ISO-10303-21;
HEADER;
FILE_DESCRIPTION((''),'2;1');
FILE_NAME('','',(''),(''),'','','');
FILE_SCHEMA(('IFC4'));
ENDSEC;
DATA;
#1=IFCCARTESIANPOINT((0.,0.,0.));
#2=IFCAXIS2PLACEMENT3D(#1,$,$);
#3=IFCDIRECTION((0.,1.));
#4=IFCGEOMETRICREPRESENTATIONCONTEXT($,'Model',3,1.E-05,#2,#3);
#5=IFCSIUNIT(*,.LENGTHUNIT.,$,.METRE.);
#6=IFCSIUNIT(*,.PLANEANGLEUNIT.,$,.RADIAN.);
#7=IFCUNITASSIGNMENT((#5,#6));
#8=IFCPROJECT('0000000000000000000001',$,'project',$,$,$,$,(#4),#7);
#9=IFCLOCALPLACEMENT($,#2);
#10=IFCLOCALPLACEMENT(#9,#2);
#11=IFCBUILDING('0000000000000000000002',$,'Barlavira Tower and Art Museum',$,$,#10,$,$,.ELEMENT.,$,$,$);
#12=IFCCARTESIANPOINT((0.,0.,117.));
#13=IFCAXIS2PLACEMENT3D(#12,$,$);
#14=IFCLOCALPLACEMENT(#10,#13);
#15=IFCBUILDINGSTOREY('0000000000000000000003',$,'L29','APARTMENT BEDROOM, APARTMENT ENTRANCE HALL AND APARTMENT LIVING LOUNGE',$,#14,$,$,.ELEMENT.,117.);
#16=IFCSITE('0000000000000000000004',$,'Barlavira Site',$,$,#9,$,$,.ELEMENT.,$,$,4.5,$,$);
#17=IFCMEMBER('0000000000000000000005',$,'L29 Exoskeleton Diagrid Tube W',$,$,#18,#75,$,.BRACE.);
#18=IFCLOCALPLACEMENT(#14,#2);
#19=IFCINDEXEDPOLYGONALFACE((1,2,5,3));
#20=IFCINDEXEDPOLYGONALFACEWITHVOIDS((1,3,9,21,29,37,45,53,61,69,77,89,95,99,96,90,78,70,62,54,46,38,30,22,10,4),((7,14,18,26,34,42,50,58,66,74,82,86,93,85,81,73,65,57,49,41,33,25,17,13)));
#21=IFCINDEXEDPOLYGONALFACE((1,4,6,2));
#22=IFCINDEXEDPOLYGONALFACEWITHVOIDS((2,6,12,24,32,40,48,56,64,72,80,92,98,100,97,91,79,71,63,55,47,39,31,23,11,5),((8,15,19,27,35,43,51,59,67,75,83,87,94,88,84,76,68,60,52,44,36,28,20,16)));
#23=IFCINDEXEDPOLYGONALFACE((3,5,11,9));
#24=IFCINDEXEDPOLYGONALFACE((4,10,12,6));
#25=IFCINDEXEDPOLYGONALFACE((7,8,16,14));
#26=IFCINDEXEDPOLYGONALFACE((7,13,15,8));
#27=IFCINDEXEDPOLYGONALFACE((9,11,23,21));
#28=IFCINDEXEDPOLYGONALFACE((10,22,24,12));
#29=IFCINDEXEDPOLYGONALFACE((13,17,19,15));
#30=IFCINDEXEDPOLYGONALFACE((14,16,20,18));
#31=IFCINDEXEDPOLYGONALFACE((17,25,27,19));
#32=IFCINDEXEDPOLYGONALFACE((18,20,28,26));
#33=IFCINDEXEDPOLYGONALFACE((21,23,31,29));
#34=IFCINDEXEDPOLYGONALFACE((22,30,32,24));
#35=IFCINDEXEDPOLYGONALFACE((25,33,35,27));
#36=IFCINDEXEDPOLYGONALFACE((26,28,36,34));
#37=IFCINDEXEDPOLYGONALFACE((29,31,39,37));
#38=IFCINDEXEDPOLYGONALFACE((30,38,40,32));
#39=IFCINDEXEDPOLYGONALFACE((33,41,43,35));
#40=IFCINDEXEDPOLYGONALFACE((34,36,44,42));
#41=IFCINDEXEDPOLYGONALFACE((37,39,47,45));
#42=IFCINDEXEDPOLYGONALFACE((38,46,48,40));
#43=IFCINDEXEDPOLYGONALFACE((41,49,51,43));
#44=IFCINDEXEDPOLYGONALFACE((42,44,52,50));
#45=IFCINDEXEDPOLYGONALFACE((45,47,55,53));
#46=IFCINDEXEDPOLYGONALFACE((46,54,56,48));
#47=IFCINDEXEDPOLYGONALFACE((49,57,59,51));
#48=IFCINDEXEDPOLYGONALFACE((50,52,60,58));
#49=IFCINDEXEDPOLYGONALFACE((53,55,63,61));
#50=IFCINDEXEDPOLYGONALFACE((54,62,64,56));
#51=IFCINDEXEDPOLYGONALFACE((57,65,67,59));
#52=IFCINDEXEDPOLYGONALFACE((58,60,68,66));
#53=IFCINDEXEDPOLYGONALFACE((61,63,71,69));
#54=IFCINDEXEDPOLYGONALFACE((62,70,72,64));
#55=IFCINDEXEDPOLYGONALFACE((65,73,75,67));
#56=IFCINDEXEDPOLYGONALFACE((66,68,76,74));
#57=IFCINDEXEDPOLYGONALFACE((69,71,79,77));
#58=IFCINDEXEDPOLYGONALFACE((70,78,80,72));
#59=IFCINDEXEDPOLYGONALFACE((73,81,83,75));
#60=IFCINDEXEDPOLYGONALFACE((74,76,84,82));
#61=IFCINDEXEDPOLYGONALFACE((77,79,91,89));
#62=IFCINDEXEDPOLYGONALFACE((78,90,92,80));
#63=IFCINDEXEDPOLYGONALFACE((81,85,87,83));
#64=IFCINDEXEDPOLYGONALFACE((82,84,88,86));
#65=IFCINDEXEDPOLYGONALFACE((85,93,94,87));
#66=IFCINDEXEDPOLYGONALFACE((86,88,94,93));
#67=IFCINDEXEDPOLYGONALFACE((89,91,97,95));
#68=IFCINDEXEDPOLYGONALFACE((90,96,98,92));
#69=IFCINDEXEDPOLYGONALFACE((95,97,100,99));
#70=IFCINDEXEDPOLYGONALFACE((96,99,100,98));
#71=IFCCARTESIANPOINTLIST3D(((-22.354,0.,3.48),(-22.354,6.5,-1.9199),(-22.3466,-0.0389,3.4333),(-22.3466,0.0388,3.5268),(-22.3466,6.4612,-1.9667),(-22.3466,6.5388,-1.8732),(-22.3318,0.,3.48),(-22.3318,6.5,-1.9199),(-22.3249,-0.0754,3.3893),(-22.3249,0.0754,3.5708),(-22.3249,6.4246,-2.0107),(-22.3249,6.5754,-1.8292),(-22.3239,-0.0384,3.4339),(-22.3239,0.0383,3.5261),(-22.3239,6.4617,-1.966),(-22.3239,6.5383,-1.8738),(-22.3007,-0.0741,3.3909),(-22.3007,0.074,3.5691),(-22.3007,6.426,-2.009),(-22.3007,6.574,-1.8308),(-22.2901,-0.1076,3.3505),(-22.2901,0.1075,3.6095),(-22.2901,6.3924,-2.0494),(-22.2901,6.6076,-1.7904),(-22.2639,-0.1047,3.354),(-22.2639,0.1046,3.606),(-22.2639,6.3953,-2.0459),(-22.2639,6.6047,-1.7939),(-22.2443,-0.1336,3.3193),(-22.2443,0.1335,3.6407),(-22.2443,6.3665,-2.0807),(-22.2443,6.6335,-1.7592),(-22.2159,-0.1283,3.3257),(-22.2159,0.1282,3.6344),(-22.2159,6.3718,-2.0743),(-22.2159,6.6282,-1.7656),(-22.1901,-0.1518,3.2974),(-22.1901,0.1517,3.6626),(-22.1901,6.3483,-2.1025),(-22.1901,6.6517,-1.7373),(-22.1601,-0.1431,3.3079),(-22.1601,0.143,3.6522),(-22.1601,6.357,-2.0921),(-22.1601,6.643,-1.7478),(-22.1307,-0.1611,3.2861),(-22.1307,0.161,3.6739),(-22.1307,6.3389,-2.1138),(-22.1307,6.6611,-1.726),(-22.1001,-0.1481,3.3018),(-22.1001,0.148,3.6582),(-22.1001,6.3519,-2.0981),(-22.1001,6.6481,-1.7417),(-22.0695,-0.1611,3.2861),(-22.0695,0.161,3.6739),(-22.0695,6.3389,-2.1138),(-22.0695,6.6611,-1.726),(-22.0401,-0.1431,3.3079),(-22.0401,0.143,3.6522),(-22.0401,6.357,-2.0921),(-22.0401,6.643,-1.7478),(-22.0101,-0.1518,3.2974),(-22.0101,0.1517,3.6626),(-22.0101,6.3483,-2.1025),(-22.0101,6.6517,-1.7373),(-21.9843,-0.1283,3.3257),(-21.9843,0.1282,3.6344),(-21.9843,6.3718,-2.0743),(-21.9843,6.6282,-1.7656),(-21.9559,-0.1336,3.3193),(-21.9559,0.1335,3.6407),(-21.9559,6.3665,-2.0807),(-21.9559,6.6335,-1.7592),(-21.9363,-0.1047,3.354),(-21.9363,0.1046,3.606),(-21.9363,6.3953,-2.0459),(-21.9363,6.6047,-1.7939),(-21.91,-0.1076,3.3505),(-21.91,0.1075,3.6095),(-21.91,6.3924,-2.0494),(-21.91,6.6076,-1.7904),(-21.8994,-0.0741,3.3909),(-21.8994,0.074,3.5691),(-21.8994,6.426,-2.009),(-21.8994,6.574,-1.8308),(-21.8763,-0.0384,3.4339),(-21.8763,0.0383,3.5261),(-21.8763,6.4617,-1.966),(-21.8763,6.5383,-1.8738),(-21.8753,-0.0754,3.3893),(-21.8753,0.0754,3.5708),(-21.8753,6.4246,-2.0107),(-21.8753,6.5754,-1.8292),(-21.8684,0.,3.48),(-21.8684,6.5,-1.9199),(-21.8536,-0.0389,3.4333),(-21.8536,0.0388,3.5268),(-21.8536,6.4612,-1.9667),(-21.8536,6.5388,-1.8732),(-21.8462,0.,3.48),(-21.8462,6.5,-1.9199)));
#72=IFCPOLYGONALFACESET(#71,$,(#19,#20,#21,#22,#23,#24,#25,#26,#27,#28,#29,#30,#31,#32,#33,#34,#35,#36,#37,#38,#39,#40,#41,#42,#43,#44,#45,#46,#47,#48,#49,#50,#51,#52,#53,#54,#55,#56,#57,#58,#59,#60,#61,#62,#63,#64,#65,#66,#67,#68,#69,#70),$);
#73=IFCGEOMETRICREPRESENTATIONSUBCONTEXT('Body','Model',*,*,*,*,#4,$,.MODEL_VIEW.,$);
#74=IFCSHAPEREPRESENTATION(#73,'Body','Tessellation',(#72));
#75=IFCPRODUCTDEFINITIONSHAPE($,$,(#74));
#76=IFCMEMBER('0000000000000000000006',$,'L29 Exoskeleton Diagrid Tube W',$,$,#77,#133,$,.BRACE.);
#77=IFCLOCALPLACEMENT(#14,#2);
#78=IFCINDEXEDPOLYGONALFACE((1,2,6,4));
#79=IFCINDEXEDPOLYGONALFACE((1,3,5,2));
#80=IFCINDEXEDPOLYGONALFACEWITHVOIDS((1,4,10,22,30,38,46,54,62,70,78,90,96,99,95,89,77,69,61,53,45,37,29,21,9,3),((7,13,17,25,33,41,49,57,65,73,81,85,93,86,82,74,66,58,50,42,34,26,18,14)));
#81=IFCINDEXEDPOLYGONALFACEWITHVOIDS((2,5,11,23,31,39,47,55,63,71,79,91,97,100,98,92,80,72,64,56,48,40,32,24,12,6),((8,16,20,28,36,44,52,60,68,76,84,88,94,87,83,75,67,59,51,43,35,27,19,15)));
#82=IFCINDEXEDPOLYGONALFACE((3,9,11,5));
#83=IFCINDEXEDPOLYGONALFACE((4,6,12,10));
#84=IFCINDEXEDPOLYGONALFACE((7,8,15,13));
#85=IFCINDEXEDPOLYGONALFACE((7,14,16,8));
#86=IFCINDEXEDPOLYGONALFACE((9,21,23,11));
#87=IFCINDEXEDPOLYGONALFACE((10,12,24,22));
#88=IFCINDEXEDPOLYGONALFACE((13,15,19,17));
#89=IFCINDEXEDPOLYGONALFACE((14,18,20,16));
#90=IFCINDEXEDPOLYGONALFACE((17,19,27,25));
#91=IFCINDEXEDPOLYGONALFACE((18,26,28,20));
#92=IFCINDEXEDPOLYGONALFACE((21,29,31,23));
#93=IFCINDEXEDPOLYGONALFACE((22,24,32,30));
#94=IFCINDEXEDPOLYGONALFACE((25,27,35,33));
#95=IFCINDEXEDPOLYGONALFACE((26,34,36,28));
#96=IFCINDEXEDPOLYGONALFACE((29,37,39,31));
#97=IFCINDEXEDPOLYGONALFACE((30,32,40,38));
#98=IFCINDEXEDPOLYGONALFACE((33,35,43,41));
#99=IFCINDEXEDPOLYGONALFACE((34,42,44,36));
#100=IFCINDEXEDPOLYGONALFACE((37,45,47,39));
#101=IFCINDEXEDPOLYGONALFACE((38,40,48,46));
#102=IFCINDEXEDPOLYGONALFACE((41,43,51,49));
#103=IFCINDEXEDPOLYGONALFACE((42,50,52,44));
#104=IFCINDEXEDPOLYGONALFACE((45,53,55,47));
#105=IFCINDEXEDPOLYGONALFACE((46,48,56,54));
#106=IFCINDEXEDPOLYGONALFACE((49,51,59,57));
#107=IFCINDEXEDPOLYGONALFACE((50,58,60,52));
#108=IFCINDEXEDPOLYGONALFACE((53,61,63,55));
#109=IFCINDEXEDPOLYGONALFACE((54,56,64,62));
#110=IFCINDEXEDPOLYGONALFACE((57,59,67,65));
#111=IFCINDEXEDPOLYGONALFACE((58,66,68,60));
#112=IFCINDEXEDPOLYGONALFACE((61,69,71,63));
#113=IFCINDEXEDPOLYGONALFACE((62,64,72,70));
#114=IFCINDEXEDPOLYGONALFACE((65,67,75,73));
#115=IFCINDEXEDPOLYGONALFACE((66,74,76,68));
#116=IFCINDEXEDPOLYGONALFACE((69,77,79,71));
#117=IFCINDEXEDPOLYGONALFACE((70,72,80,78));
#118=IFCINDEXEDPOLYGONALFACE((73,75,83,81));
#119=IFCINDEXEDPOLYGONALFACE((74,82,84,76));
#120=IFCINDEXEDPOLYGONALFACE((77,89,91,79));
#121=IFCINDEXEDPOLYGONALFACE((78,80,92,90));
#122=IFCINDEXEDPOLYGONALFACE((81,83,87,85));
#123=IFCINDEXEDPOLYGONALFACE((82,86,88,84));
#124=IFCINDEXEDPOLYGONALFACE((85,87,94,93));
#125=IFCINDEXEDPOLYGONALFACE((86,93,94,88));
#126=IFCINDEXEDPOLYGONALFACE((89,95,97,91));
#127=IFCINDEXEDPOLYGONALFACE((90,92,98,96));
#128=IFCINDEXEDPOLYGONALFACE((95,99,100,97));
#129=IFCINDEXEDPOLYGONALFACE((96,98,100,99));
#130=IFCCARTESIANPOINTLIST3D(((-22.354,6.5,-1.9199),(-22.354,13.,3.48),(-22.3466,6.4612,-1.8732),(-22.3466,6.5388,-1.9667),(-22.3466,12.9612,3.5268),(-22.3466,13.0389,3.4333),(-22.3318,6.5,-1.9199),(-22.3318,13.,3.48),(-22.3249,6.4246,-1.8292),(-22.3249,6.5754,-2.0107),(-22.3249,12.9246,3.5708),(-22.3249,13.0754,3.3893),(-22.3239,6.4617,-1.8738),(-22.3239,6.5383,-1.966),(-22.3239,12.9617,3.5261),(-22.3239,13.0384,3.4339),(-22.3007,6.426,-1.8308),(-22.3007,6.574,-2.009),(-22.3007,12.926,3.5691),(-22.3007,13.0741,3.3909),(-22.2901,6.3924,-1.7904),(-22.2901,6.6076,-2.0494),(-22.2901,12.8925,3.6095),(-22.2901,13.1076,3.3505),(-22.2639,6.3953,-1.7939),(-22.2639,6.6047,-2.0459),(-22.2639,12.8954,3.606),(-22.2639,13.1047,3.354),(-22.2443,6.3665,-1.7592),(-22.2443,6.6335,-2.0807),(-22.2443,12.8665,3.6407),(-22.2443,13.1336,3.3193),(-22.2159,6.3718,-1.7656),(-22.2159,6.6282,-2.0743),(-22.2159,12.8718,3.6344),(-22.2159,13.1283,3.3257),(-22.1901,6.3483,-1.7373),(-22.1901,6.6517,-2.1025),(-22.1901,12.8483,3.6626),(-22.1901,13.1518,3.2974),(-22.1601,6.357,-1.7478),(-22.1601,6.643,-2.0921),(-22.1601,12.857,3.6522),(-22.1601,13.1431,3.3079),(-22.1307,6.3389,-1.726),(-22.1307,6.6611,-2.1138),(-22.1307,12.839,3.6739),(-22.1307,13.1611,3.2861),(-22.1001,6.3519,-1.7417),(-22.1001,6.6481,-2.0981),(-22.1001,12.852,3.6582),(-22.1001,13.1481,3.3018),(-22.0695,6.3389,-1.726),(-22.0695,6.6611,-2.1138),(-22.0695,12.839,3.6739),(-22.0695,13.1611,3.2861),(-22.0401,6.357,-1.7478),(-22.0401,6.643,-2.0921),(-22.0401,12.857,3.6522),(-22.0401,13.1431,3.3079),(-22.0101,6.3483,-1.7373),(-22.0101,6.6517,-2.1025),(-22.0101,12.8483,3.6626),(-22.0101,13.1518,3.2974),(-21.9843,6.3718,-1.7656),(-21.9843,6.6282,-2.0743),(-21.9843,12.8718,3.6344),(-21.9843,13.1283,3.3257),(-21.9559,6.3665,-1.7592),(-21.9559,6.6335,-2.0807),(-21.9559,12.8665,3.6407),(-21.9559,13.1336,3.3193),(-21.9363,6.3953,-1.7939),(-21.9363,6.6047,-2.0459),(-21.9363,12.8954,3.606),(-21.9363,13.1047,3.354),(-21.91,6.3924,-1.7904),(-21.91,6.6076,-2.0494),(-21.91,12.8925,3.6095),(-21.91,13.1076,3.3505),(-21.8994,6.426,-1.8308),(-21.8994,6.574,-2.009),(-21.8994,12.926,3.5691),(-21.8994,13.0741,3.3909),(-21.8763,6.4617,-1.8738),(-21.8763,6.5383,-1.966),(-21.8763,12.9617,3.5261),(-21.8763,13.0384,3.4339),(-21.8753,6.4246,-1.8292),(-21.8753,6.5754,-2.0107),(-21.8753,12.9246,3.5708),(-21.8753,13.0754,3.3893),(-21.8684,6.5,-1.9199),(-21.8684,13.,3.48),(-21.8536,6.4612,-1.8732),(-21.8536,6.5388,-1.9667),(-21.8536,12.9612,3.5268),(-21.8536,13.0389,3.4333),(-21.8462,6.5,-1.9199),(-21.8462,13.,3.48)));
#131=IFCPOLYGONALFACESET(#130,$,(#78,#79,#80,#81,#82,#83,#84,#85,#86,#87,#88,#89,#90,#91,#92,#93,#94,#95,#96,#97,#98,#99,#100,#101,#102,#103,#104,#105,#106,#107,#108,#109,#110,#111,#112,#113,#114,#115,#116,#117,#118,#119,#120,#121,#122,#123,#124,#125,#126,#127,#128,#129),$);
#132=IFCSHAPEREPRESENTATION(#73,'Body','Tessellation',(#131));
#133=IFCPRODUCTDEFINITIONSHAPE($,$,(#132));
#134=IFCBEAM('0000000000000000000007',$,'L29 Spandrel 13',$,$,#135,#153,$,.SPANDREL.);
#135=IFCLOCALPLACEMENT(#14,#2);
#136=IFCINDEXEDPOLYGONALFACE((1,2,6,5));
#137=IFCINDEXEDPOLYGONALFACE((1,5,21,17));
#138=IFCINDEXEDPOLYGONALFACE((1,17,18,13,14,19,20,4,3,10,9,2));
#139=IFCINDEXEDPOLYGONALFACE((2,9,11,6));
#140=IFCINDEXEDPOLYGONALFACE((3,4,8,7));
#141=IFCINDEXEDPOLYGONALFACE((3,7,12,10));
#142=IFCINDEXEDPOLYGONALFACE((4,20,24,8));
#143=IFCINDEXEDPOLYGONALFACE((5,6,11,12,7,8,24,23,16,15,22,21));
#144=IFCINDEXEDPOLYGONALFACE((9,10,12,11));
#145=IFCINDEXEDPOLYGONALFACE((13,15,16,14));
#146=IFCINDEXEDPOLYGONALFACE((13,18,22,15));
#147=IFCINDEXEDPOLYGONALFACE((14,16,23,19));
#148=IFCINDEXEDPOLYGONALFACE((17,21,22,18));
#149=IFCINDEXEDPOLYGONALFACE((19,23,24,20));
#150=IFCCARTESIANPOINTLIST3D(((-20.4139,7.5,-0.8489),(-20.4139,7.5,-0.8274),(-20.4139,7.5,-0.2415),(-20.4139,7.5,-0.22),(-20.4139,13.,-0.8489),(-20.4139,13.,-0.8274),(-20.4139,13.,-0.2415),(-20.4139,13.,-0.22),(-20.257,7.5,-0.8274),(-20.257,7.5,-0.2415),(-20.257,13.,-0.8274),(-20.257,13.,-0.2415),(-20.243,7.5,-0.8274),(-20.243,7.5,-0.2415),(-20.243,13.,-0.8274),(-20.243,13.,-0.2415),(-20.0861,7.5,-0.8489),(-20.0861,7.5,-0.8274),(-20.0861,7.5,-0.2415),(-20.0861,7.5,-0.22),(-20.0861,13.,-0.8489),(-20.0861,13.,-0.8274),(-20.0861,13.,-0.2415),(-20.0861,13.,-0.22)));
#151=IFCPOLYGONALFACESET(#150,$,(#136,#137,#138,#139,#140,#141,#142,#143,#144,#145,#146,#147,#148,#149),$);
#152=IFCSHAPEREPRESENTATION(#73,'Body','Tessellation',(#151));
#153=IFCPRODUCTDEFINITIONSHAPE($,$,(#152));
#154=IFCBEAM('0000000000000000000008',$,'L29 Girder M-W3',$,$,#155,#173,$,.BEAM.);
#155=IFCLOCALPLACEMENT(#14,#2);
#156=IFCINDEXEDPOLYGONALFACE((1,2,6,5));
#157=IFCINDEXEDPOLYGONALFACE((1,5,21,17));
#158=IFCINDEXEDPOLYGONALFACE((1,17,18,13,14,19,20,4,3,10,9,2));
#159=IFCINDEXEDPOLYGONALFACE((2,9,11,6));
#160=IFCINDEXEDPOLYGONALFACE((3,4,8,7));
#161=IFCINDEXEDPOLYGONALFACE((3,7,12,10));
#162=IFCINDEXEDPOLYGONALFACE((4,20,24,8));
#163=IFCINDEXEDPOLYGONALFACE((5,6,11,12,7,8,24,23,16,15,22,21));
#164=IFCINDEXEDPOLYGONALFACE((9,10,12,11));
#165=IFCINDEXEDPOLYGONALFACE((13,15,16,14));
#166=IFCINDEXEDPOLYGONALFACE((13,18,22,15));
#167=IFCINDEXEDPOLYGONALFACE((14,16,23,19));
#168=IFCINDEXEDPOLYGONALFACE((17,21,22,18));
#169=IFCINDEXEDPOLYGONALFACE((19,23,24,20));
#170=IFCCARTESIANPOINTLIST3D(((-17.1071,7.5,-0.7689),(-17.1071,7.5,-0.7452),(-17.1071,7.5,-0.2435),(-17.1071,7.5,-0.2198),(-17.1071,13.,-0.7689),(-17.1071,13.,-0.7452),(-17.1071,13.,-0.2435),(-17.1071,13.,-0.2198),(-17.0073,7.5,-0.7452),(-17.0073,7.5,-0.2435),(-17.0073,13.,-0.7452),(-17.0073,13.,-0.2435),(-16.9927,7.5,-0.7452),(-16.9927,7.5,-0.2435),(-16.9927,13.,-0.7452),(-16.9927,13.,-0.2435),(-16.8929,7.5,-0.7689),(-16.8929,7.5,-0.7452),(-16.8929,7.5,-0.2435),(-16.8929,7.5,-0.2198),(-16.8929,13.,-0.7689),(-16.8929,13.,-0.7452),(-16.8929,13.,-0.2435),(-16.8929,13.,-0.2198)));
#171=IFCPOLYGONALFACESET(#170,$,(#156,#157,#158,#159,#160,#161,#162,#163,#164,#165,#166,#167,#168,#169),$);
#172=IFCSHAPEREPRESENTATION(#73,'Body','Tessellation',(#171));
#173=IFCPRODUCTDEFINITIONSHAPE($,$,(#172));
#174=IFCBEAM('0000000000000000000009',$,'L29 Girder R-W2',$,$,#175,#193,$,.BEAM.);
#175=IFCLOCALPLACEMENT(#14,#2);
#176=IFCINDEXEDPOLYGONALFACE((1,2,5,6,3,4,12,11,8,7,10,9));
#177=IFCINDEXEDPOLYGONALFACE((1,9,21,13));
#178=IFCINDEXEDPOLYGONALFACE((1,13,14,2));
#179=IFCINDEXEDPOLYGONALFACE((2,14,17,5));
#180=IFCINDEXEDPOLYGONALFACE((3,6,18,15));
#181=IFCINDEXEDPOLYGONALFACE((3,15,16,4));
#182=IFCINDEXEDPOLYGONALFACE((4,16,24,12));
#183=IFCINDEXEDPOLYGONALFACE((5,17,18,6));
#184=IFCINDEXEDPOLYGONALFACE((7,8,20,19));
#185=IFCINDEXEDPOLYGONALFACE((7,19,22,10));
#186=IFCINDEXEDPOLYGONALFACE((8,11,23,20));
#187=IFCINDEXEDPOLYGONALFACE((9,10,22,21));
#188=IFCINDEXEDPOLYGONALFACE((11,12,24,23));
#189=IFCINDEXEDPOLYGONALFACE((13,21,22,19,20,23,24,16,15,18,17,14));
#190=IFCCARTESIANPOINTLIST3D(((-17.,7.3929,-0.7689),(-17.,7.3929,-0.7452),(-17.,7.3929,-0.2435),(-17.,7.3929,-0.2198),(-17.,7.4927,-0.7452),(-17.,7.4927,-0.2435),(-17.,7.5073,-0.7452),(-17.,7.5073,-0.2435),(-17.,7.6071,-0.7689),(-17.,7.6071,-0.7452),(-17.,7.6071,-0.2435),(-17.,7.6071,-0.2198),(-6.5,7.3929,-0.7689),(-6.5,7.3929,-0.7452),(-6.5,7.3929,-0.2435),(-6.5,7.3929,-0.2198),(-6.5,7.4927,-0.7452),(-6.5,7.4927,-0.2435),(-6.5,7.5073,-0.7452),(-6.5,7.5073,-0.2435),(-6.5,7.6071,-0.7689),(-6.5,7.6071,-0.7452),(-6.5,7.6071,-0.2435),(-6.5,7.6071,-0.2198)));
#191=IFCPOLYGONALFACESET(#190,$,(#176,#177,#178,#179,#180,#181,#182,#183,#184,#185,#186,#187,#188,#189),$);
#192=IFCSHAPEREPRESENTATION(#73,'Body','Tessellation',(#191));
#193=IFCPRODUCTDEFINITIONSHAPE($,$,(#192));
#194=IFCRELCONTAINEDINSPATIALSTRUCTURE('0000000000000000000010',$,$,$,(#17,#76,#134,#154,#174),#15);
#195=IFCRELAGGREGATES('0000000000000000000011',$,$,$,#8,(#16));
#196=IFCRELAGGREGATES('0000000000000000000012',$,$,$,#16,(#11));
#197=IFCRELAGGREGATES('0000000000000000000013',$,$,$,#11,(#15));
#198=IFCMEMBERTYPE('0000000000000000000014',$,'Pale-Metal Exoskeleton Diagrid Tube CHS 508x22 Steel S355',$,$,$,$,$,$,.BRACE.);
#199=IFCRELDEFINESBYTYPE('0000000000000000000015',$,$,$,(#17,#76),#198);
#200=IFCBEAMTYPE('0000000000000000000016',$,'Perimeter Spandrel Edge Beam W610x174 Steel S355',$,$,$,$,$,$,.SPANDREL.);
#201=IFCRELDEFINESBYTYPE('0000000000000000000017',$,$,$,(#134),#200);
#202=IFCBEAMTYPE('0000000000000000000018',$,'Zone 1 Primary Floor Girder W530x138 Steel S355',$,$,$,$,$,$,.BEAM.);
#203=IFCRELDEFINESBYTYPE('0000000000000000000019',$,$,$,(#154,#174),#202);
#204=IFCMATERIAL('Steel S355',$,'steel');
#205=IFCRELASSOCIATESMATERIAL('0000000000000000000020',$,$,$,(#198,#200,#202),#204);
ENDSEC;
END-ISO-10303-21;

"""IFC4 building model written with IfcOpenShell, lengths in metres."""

from ifc_helpers import new_model, si_unit, direction, frame, origin, origin_2d, place, context, subcontext, project, spatial, hollow_circle, i_section, extrude, material, material_profile, profile_set, type_object, element, save


model = new_model("IFC4")

# Units and contexts
model_context = context("Model", 3, precision=1e-05, world=origin(), true_north=direction((0.0, 1.0)))
body_context = subcontext(model_context, "Body", "Model", "MODEL_VIEW")
ifc_project = project(units=[si_unit("LENGTHUNIT", "METRE"), si_unit("PLANEANGLEUNIT", "RADIAN")], contexts=[model_context])

# Site, building, storey
site_placement = place(None, origin())
site = spatial("IfcSite", under=ifc_project, at=site_placement, Name="Barlavira Site", CompositionType="ELEMENT", RefElevation=4.5)
building_placement = place(site_placement, origin())
building = spatial("IfcBuilding", under=site, at=building_placement, Name="Barlavira Tower and Art Museum", CompositionType="ELEMENT")
storey_placement = place(building_placement, frame((0.0, 0.0, 117.0)))
storey = spatial("IfcBuildingStorey", under=building, at=storey_placement, Name="L29", Description="APARTMENT BEDROOM, APARTMENT ENTRANCE HALL AND APARTMENT LIVING LOUNGE", CompositionType="ELEMENT", Elevation=117.0)

# Members
ifc_material_1 = material(Name="Steel S355", Category="steel")
ifc_material_profile_1 = material_profile(ifc_material_1, hollow_circle(Radius=0.2539, WallThickness=0.0222, at=origin_2d()), Name="CHS 508.0x22.2")
ifc_profile_set_1 = profile_set([ifc_material_profile_1], Name="Steel S355")
member_type_1 = type_object("IfcMemberType", Name="Pale-Metal Exoskeleton Diagrid Tube CHS 508x22 Steel S355", PredefinedType="BRACE", material=ifc_profile_set_1)
for number, where, z_axis, x_axis, name in (
    (1, (-22.1001, 6.5, -1.9199), (0.0, -0.769196, 0.639013), (1.0, 0.0, 0.0), "L29 Exoskeleton Diagrid Tube W"),
    (2, (-22.1001, 6.5, -1.9199), (0.0, 0.769196, 0.639013), (-1.0, 0.0, 0.0), "L29 Exoskeleton Diagrid Tube W"),
):
    element("IfcMember", number, at=place(storey_placement, frame(where, z_axis=z_axis, x_axis=x_axis)), inside=storey, type_object=member_type_1, Name=name, PredefinedType="BRACE", context=body_context, shape_type="SweptSolid", body=[
        extrude(hollow_circle(Radius=0.2539, WallThickness=0.0222, at=origin_2d()), origin(), (0.0, 0.0, 1.0), 8.4504),
    ])

# Beams
ifc_material_profile_2 = material_profile(ifc_material_1, i_section(OverallWidth=0.3279, OverallDepth=0.6289, WebThickness=0.0139, FlangeThickness=0.0215, at=origin_2d()), Name="W610x174.0")
ifc_profile_set_2 = profile_set([ifc_material_profile_2], Name="Steel S355")
beam_type_1 = type_object("IfcBeamType", Name="Perimeter Spandrel Edge Beam W610x174 Steel S355", PredefinedType="SPANDREL", material=ifc_profile_set_2)
beam_1_placement = place(storey_placement, frame((-20.25, 7.5, -0.5344), z_axis=(0.0, 1.0, 0.0), x_axis=(-1.0, 0.0, 0.0)))
element("IfcBeam", 3, at=beam_1_placement, inside=storey, type_object=beam_type_1, Name="L29 Spandrel 13", PredefinedType="SPANDREL", context=body_context, shape_type="SweptSolid", body=[
    extrude(i_section(OverallWidth=0.3279, OverallDepth=0.6289, WebThickness=0.0139, FlangeThickness=0.0215, at=origin_2d()), origin(), (0.0, 0.0, 1.0), 5.5),
])
ifc_material_profile_3 = material_profile(ifc_material_1, i_section(OverallWidth=0.2141, OverallDepth=0.5491, WebThickness=0.0146, FlangeThickness=0.0237, at=origin_2d()), Name="W530x138.0")
ifc_profile_set_3 = profile_set([ifc_material_profile_3], Name="Steel S355")
beam_type_2 = type_object("IfcBeamType", Name="Zone 1 Primary Floor Girder W530x138 Steel S355", PredefinedType="BEAM", material=ifc_profile_set_3)
beam_2_placement = place(storey_placement, frame((-17.0, 7.5, -0.4944), z_axis=(0.0, 1.0, 0.0), x_axis=(-1.0, 0.0, 0.0)))
element("IfcBeam", 4, at=beam_2_placement, inside=storey, type_object=beam_type_2, Name="L29 Girder M-W3", PredefinedType="BEAM", context=body_context, shape_type="SweptSolid", body=[
    extrude(i_section(OverallWidth=0.2141, OverallDepth=0.5491, WebThickness=0.0146, FlangeThickness=0.0237, at=origin_2d()), origin(), (0.0, 0.0, 1.0), 5.5),
])
beam_3_placement = place(storey_placement, frame((-17.0, 7.5, -0.4944), z_axis=(1.0, 0.0, 0.0), x_axis=(0.0, 1.0, 0.0)))
element("IfcBeam", 5, at=beam_3_placement, inside=storey, type_object=beam_type_2, Name="L29 Girder R-W2", PredefinedType="BEAM", context=body_context, shape_type="SweptSolid", body=[
    extrude(i_section(OverallWidth=0.2141, OverallDepth=0.5491, WebThickness=0.0146, FlangeThickness=0.0237, at=origin_2d()), origin(), (0.0, 0.0, 1.0), 10.5),
])

save(model, "model.ifc")
